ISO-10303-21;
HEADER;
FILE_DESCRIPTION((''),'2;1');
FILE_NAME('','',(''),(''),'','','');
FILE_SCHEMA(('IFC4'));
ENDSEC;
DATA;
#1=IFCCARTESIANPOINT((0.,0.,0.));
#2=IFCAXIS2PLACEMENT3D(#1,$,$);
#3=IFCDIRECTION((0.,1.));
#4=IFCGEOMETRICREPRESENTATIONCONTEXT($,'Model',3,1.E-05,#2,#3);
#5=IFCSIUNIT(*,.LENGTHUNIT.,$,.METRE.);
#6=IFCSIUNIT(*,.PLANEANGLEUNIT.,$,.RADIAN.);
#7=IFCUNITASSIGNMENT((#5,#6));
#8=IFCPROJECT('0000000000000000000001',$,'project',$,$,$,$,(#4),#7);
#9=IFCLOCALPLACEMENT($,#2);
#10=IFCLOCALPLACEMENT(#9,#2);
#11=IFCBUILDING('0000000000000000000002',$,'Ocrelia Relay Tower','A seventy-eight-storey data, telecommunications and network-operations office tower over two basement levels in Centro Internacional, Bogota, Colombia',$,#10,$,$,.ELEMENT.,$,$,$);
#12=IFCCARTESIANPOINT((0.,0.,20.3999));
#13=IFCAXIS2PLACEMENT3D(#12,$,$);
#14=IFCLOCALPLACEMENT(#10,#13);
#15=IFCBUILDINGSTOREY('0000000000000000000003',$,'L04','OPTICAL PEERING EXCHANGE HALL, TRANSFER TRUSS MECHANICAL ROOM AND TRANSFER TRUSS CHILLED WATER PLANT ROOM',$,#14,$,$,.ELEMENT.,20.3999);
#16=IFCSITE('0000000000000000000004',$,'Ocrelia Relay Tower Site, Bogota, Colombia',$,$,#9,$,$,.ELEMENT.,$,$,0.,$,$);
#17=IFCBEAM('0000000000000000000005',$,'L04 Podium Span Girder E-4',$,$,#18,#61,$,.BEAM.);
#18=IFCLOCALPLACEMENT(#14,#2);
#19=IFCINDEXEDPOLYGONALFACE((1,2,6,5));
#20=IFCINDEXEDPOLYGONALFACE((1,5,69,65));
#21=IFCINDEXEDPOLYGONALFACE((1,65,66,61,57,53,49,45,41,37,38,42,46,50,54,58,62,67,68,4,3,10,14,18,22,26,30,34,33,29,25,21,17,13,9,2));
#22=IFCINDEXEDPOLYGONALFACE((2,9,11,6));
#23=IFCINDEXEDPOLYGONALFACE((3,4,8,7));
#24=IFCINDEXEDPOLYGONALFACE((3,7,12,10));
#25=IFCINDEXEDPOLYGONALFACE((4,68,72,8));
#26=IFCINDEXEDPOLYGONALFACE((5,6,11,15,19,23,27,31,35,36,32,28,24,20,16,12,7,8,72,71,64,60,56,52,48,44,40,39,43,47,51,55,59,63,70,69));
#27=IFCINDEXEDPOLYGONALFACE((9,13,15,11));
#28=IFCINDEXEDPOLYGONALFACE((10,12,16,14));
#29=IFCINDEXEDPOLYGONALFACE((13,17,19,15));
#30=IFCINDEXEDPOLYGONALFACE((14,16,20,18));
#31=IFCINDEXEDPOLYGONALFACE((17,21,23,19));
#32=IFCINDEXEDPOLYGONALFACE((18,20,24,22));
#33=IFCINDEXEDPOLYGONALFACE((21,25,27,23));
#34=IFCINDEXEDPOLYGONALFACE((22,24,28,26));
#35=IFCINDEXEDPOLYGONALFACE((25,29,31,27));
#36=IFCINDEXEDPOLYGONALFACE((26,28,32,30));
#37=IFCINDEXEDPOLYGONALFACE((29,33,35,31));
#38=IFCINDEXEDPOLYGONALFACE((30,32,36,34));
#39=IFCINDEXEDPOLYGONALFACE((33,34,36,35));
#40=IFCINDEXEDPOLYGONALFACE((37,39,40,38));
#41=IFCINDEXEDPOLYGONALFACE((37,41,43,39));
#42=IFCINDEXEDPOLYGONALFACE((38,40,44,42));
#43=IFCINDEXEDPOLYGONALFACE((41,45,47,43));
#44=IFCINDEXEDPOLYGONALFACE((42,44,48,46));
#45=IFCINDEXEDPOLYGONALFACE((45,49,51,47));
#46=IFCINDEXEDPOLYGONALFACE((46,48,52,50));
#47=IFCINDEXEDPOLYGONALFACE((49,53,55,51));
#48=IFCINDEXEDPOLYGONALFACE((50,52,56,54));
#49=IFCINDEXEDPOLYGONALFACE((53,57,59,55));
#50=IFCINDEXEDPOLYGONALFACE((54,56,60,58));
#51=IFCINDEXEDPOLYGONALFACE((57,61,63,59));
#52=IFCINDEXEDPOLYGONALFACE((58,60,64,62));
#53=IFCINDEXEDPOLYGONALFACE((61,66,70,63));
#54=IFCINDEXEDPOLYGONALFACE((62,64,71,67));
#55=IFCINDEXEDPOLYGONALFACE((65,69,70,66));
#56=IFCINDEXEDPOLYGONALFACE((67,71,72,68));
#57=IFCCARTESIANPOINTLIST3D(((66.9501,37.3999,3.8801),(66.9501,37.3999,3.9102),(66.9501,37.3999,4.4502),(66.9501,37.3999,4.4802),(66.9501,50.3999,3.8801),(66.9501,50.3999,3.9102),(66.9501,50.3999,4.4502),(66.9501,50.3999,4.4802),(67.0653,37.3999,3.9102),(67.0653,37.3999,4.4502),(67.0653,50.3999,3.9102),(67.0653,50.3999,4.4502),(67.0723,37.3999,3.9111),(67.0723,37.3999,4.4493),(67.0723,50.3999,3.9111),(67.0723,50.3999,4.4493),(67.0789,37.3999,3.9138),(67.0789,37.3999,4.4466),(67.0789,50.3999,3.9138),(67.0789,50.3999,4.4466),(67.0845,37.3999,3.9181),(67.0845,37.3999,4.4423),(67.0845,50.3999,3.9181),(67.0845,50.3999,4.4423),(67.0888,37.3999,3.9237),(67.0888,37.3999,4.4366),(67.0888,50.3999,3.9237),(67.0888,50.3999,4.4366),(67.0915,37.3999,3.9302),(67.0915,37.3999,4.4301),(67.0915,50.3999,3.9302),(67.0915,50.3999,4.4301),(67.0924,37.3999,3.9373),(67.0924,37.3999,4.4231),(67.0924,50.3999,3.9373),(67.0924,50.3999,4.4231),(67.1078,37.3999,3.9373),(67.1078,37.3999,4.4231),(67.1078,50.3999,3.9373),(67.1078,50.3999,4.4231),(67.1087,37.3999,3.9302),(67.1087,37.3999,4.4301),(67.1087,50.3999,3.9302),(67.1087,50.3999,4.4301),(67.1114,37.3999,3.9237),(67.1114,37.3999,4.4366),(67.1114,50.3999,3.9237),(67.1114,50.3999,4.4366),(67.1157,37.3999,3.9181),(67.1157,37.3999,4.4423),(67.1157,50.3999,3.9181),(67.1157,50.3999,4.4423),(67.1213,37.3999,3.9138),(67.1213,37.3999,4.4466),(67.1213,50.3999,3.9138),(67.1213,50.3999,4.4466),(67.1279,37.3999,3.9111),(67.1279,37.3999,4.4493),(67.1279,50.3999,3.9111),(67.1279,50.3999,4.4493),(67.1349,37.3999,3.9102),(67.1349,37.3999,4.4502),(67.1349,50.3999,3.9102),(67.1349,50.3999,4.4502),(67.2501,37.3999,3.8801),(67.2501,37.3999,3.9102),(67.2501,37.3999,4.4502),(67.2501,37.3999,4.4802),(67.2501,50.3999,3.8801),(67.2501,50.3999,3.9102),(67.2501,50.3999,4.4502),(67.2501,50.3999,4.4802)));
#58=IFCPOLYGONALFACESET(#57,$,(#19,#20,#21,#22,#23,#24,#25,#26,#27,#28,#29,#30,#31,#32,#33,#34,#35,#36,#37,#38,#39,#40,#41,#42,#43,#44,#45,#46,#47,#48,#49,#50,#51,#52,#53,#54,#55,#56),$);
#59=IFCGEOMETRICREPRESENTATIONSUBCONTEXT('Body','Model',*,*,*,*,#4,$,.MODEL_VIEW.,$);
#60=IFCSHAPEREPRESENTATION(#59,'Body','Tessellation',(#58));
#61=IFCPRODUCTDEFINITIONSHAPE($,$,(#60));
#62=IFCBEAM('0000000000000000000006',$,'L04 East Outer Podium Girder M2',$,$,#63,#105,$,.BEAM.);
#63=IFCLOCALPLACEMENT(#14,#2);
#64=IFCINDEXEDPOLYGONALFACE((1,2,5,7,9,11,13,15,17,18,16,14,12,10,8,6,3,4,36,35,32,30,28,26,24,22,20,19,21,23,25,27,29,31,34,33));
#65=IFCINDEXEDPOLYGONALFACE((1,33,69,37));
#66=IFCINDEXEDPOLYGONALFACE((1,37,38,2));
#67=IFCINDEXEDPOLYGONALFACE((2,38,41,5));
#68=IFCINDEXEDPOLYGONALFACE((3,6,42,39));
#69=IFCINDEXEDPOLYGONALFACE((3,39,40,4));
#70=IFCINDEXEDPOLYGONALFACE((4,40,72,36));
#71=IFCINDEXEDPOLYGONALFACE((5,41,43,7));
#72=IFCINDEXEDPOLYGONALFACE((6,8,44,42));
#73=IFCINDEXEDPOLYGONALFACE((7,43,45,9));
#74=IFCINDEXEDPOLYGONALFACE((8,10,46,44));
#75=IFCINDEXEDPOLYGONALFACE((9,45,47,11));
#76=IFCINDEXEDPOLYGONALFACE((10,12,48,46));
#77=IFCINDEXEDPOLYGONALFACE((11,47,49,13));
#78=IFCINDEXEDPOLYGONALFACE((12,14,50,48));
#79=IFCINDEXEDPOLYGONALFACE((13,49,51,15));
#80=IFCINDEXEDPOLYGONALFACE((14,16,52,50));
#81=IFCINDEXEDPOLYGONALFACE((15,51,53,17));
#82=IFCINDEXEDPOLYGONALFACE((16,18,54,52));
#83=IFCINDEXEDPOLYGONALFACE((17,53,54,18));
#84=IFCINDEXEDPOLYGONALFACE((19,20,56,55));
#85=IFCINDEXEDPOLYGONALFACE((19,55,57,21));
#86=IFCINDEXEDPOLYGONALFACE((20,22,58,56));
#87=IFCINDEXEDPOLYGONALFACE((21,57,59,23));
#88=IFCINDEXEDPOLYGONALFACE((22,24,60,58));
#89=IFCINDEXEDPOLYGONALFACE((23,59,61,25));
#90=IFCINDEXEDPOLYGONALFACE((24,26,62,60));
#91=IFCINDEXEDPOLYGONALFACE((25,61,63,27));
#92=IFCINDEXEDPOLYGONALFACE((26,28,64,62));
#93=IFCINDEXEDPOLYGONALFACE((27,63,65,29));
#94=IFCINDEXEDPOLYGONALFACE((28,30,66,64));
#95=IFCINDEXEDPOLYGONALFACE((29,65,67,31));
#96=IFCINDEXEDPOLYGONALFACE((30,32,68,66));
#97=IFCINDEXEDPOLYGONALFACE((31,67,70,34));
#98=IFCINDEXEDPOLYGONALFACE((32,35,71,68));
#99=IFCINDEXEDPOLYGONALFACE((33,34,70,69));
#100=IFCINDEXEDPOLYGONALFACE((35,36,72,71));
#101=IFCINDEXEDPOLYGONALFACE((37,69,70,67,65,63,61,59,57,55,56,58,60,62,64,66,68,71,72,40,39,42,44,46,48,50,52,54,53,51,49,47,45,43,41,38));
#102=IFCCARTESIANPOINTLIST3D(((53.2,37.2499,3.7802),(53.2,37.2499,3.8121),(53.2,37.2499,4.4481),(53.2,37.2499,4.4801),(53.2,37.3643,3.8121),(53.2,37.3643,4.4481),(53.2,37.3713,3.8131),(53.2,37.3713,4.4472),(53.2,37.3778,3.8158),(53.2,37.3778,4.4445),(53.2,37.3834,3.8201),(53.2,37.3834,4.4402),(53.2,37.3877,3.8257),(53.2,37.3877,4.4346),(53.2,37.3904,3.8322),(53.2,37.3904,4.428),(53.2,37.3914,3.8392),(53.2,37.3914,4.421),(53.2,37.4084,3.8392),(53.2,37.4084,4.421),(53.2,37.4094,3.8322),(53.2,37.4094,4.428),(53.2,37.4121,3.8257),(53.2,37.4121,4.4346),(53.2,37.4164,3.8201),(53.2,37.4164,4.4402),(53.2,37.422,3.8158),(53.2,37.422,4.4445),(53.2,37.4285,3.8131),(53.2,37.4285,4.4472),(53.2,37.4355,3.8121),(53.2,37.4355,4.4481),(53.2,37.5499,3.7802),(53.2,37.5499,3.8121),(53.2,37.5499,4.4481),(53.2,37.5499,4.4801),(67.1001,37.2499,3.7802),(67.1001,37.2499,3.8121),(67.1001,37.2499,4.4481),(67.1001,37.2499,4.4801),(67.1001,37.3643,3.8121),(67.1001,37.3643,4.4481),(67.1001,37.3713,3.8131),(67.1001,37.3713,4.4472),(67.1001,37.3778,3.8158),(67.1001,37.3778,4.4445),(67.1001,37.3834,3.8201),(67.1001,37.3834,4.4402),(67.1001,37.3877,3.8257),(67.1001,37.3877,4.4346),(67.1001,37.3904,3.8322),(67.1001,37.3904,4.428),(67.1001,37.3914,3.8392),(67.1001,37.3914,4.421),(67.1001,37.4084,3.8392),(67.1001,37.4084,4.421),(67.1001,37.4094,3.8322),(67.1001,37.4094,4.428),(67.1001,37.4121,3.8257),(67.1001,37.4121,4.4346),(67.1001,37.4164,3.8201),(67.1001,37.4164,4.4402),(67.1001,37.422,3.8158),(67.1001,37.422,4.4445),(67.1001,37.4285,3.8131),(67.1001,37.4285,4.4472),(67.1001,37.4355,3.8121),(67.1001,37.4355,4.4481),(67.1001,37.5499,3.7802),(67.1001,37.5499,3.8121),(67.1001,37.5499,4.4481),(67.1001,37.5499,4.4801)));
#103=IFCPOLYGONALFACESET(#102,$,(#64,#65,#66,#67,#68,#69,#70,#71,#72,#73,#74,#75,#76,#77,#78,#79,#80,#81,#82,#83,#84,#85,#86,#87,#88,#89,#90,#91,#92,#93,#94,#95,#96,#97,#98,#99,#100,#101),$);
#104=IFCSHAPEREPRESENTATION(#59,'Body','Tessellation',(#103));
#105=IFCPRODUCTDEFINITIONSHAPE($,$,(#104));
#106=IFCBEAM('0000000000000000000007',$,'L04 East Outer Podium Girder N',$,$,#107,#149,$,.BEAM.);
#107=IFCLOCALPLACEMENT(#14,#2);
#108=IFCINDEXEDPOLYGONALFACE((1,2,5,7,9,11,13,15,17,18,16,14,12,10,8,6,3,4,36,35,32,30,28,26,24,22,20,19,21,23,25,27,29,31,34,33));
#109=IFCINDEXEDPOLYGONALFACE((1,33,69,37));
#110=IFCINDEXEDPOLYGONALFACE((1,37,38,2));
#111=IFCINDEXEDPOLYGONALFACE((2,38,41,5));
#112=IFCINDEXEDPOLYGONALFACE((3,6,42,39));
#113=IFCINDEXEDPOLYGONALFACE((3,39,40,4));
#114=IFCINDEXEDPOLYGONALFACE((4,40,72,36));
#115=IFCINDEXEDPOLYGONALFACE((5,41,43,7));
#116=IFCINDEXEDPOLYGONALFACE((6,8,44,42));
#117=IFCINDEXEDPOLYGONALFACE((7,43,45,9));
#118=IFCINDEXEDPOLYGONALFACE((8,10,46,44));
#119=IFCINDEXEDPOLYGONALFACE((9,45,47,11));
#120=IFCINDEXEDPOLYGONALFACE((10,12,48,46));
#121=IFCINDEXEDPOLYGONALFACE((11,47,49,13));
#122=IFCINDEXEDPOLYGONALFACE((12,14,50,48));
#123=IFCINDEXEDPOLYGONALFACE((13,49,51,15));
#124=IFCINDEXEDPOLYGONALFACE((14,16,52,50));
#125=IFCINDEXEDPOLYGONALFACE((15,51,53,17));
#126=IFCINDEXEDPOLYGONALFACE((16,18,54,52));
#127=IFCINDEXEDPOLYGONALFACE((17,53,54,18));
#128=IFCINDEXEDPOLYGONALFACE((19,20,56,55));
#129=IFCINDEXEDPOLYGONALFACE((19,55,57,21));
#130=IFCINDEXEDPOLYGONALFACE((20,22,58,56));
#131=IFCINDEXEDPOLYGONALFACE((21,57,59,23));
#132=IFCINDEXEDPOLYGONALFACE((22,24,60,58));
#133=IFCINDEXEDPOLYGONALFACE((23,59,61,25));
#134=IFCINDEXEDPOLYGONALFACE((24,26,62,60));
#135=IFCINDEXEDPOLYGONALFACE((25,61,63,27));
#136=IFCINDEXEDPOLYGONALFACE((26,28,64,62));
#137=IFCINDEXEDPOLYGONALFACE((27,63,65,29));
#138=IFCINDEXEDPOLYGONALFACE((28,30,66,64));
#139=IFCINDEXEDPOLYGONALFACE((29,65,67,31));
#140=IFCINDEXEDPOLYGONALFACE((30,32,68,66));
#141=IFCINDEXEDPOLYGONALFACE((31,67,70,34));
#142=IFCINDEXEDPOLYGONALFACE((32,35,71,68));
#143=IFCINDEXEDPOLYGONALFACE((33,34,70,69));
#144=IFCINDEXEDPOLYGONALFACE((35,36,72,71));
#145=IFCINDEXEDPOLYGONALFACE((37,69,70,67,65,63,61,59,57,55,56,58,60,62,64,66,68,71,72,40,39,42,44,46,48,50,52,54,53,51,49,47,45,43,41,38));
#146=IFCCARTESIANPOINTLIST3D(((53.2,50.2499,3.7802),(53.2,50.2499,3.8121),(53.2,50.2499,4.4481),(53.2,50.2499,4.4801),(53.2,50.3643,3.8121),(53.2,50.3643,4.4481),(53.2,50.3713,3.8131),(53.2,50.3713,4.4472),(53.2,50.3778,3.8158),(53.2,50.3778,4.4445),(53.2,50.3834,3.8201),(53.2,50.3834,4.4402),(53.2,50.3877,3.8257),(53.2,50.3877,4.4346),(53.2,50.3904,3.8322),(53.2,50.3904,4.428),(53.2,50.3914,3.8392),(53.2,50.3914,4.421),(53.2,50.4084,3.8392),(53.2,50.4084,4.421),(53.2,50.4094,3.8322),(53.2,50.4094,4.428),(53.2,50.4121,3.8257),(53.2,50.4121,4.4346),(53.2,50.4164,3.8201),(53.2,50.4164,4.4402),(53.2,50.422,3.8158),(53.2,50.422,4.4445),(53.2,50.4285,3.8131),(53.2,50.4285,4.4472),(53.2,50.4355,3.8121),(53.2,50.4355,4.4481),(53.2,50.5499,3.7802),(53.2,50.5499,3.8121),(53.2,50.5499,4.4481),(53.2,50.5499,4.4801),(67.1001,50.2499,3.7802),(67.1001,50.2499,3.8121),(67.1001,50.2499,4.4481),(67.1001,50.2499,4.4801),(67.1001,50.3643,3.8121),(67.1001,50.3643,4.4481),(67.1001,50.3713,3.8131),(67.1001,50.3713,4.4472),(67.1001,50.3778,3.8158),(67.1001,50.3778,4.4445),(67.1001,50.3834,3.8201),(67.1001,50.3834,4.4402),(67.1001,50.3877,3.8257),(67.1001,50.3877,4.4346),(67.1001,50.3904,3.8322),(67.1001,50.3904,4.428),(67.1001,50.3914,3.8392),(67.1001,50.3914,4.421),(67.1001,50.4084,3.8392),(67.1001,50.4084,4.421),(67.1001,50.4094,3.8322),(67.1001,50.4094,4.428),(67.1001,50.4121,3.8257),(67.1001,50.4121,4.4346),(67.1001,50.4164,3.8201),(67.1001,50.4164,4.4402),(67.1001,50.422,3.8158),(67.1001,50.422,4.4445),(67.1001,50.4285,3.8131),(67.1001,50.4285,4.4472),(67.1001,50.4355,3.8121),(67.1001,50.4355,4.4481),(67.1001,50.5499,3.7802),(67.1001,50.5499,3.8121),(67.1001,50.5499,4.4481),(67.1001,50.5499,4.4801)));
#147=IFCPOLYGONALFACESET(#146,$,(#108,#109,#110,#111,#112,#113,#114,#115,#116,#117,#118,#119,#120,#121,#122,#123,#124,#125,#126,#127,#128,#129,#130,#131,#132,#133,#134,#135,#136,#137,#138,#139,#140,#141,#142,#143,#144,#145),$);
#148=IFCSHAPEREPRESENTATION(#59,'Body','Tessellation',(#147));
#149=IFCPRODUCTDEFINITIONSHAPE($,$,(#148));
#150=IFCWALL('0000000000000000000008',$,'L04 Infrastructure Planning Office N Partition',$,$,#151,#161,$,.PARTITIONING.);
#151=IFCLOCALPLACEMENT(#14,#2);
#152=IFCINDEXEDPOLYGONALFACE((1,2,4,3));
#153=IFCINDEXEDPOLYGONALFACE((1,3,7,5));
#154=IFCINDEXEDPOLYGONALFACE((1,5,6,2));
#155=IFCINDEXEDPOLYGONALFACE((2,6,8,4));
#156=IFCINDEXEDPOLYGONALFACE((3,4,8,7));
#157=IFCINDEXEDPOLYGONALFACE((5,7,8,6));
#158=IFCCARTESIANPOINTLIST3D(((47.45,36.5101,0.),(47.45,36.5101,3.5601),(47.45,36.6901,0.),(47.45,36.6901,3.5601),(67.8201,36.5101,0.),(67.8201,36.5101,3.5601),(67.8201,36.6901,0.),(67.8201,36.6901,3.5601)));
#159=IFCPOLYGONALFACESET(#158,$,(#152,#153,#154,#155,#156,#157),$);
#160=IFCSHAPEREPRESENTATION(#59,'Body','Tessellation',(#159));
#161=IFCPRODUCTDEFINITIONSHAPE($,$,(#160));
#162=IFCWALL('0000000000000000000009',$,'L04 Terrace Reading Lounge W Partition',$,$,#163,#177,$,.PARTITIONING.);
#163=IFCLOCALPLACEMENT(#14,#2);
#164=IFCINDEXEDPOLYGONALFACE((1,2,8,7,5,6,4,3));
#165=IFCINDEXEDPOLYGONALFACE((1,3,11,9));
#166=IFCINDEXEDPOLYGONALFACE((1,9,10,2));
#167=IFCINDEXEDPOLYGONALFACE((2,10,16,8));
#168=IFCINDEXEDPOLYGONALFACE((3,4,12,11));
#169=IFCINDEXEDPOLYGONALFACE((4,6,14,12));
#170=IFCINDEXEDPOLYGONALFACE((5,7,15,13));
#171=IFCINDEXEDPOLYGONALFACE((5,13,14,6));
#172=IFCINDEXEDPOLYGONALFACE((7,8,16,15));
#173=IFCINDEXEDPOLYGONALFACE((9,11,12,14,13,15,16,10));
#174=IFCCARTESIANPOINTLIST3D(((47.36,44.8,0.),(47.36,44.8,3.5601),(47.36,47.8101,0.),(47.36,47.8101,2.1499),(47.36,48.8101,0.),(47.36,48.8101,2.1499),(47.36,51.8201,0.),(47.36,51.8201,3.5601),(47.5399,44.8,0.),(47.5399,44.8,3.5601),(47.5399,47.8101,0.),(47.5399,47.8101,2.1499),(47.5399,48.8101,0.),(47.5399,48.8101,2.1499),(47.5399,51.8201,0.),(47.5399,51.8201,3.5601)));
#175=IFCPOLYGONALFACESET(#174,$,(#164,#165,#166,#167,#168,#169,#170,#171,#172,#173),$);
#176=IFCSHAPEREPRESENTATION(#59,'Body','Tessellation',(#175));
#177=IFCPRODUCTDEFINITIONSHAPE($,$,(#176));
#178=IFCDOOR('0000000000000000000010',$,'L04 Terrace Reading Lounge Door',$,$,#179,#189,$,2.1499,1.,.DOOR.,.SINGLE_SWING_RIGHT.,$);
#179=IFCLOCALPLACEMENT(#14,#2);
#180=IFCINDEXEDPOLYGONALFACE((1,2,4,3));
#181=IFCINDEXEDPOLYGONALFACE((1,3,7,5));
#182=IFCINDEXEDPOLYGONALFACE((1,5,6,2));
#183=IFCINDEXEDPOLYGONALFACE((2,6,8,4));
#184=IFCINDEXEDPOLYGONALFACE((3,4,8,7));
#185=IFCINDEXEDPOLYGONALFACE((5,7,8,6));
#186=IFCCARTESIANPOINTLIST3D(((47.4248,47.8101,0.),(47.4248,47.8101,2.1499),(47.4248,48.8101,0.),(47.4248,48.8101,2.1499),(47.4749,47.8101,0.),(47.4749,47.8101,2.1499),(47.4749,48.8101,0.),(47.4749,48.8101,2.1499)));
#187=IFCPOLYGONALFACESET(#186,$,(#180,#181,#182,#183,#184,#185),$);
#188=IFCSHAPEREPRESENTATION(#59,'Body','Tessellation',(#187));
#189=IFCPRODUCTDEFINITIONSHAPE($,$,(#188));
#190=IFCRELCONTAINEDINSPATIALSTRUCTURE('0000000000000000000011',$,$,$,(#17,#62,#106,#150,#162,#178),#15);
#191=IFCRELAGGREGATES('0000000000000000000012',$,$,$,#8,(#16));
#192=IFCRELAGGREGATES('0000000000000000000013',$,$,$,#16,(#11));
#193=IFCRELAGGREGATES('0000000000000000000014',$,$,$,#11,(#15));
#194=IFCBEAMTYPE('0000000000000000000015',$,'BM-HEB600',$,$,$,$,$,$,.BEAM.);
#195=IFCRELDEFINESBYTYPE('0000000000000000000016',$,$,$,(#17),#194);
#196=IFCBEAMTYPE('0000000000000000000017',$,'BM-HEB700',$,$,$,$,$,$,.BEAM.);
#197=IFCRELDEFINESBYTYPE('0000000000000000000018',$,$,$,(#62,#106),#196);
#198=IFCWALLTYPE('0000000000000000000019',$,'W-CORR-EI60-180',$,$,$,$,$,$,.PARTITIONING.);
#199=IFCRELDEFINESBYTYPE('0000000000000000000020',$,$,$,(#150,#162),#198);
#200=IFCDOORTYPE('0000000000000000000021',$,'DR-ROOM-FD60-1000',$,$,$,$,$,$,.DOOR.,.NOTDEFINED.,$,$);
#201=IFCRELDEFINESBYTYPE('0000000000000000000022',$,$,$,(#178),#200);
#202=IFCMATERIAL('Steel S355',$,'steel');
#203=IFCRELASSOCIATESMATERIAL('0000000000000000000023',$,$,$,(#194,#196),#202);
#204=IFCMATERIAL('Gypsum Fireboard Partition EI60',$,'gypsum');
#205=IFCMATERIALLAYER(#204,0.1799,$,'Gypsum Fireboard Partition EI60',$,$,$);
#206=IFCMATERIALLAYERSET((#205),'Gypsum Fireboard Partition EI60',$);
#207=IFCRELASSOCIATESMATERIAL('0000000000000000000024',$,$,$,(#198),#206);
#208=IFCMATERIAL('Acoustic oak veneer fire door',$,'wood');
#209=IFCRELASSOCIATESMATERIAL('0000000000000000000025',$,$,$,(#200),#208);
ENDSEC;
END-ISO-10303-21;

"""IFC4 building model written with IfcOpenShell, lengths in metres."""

from ifc_helpers import new_model, si_unit, direction, frame, frame_2d, origin, origin_2d, place, context, subcontext, project, spatial, rectangle, i_section, extrude, material, layer, layer_set, material_profile, profile_set, type_object, element, fill, save


model = new_model("IFC4")

# Units and contexts
model_context = context("Model", 3, precision=1e-05, world=origin(), true_north=direction((0.0, 1.0)))
body_context = subcontext(model_context, "Body", "Model", "MODEL_VIEW")
ifc_project = project(units=[si_unit("LENGTHUNIT", "METRE"), si_unit("PLANEANGLEUNIT", "RADIAN")], contexts=[model_context])

# Site, building, storey
site_placement = place(None, origin())
site = spatial("IfcSite", under=ifc_project, at=site_placement, Name="Ocrelia Relay Tower Site, Bogota, Colombia", CompositionType="ELEMENT", RefElevation=0.0)
building_placement = place(site_placement, origin())
building = spatial("IfcBuilding", under=site, at=building_placement, Name="Ocrelia Relay Tower", Description="A seventy-eight-storey data, telecommunications and network-operations office tower over two basement levels in Centro Internacional, Bogota, Colombia", CompositionType="ELEMENT")
storey_placement = place(building_placement, frame((0.0, 0.0, 20.3999)))
storey = spatial("IfcBuildingStorey", under=building, at=storey_placement, Name="L04", Description="OPTICAL PEERING EXCHANGE HALL, TRANSFER TRUSS MECHANICAL ROOM AND TRANSFER TRUSS CHILLED WATER PLANT ROOM", CompositionType="ELEMENT", Elevation=20.3999)

# Beams
ifc_material_1 = material(Name="Steel S355", Category="steel")
ifc_material_profile_1 = material_profile(ifc_material_1, i_section(OverallWidth=0.3, OverallDepth=0.6001, WebThickness=0.0154, FlangeThickness=0.03, FilletRadius=0.0271, at=origin_2d()), Name="HEB 600")
ifc_profile_set_1 = profile_set([ifc_material_profile_1], Name="Steel S355")
beam_type_1 = type_object("IfcBeamType", Name="BM-HEB600", PredefinedType="BEAM", material=ifc_profile_set_1)
for number, where, z_axis, x_axis, name in (
    (1, (67.1001, 37.3999, 4.1802), (0.0, 1.0, 0.0), (-1.0, 0.0, 0.0), "L04 Podium Span Girder E-4"),
):
    element("IfcBeam", number, at=place(storey_placement, frame(where, z_axis=z_axis, x_axis=x_axis)), inside=storey, type_object=beam_type_1, Name=name, PredefinedType="BEAM", context=body_context, shape_type="SweptSolid", body=[
        extrude(i_section(OverallWidth=0.3, OverallDepth=0.6001, WebThickness=0.0154, FlangeThickness=0.03, FilletRadius=0.0271, at=origin_2d()), origin(), (0.0, 0.0, 1.0), 13.0),
    ])
ifc_material_profile_2 = material_profile(ifc_material_1, i_section(OverallWidth=0.3, OverallDepth=0.7, WebThickness=0.0171, FlangeThickness=0.032, FilletRadius=0.0271, at=origin_2d()), Name="HEB 700")
ifc_profile_set_2 = profile_set([ifc_material_profile_2], Name="Steel S355")
beam_type_2 = type_object("IfcBeamType", Name="BM-HEB700", PredefinedType="BEAM", material=ifc_profile_set_2)
for number, where, z_axis, x_axis, name in (
    (2, (53.2, 37.3999, 4.1301), (1.0, 0.0, 0.0), (0.0, 1.0, 0.0), "L04 East Outer Podium Girder M2"),
    (3, (53.2, 50.3999, 4.1301), (1.0, 0.0, 0.0), (0.0, 1.0, 0.0), "L04 East Outer Podium Girder N"),
):
    element("IfcBeam", number, at=place(storey_placement, frame(where, z_axis=z_axis, x_axis=x_axis)), inside=storey, type_object=beam_type_2, Name=name, PredefinedType="BEAM", context=body_context, shape_type="SweptSolid", body=[
        extrude(i_section(OverallWidth=0.3, OverallDepth=0.7, WebThickness=0.0171, FlangeThickness=0.032, FilletRadius=0.0271, at=origin_2d()), origin(), (0.0, 0.0, 1.0), 13.9001),
    ])

# Wall
ifc_material_2 = material(Name="Gypsum Fireboard Partition EI60", Category="gypsum")
ifc_layer_1 = layer(ifc_material_2, 0.1799, Name="Gypsum Fireboard Partition EI60")
ifc_layer_set_1 = layer_set([ifc_layer_1], Name="Gypsum Fireboard Partition EI60")
wall_type_1 = type_object("IfcWallType", Name="W-CORR-EI60-180", PredefinedType="PARTITIONING", material=ifc_layer_set_1)
wall_1_placement = place(storey_placement, frame((67.8201, 36.6001, 0.0), z_axis=(0.0, 0.0, 1.0), x_axis=(-1.0, 0.0, 0.0)))
element("IfcWall", 4, at=wall_1_placement, inside=storey, type_object=wall_type_1, Name="L04 Infrastructure Planning Office N Partition", PredefinedType="PARTITIONING", context=body_context, shape_type="SweptSolid", body=[
    extrude(rectangle(XDim=20.3701, YDim=0.1799, at=frame_2d((10.1851, 0.0))), origin(), (0.0, 0.0, 1.0), 3.5601),
])

# Wall, opening, door
wall_2_placement = place(storey_placement, frame((47.45, 51.8201, 0.0), z_axis=(0.0, 0.0, 1.0), x_axis=(0.0, -1.0, 0.0)))
wall_2 = element("IfcWall", 5, at=wall_2_placement, inside=storey, type_object=wall_type_1, Name="L04 Terrace Reading Lounge W Partition", PredefinedType="PARTITIONING", context=body_context, shape_type="SweptSolid", body=[
    extrude(rectangle(XDim=7.02, YDim=0.1799, at=frame_2d((3.51, 0.0))), origin(), (0.0, 0.0, 1.0), 3.5601),
])
opening_1_placement = place(wall_2_placement, frame((3.01, 0.0, 0.0)))
opening_1 = element("IfcOpeningElement", 6, at=opening_1_placement, cuts=wall_2, PredefinedType="OPENING", context=body_context, shape_type="SweptSolid", body=[
    extrude(rectangle(XDim=1.0, YDim=2.1499, at=frame_2d((0.5, 1.075))), frame((0.0, 0.1001, 0.0), z_axis=(0.0, -1.0, 0.0), x_axis=(1.0, 0.0, 0.0)), (0.0, 0.0, 1.0), 0.2),
])
ifc_material_3 = material(Name="Acoustic oak veneer fire door", Category="wood")
door_type_1 = type_object("IfcDoorType", Name="DR-ROOM-FD60-1000", OperationType="NOTDEFINED", PredefinedType="DOOR", material=ifc_material_3)
door_1_placement = place(opening_1_placement, origin())
door_1 = element("IfcDoor", 7, at=door_1_placement, inside=storey, type_object=door_type_1, Name="L04 Terrace Reading Lounge Door", OperationType="SINGLE_SWING_RIGHT", OverallHeight=2.1499, OverallWidth=1.0, PredefinedType="DOOR", context=body_context, shape_type="SweptSolid", body=[
    extrude(rectangle(XDim=1.0, YDim=2.1499, at=frame_2d((0.5, 1.075))), frame((0.0, 0.0249, 0.0), z_axis=(0.0, -1.0, 0.0), x_axis=(1.0, 0.0, 0.0)), (0.0, 0.0, 1.0), 0.05),
])
fill(opening_1, door_1)

save(model, "model.ifc")
